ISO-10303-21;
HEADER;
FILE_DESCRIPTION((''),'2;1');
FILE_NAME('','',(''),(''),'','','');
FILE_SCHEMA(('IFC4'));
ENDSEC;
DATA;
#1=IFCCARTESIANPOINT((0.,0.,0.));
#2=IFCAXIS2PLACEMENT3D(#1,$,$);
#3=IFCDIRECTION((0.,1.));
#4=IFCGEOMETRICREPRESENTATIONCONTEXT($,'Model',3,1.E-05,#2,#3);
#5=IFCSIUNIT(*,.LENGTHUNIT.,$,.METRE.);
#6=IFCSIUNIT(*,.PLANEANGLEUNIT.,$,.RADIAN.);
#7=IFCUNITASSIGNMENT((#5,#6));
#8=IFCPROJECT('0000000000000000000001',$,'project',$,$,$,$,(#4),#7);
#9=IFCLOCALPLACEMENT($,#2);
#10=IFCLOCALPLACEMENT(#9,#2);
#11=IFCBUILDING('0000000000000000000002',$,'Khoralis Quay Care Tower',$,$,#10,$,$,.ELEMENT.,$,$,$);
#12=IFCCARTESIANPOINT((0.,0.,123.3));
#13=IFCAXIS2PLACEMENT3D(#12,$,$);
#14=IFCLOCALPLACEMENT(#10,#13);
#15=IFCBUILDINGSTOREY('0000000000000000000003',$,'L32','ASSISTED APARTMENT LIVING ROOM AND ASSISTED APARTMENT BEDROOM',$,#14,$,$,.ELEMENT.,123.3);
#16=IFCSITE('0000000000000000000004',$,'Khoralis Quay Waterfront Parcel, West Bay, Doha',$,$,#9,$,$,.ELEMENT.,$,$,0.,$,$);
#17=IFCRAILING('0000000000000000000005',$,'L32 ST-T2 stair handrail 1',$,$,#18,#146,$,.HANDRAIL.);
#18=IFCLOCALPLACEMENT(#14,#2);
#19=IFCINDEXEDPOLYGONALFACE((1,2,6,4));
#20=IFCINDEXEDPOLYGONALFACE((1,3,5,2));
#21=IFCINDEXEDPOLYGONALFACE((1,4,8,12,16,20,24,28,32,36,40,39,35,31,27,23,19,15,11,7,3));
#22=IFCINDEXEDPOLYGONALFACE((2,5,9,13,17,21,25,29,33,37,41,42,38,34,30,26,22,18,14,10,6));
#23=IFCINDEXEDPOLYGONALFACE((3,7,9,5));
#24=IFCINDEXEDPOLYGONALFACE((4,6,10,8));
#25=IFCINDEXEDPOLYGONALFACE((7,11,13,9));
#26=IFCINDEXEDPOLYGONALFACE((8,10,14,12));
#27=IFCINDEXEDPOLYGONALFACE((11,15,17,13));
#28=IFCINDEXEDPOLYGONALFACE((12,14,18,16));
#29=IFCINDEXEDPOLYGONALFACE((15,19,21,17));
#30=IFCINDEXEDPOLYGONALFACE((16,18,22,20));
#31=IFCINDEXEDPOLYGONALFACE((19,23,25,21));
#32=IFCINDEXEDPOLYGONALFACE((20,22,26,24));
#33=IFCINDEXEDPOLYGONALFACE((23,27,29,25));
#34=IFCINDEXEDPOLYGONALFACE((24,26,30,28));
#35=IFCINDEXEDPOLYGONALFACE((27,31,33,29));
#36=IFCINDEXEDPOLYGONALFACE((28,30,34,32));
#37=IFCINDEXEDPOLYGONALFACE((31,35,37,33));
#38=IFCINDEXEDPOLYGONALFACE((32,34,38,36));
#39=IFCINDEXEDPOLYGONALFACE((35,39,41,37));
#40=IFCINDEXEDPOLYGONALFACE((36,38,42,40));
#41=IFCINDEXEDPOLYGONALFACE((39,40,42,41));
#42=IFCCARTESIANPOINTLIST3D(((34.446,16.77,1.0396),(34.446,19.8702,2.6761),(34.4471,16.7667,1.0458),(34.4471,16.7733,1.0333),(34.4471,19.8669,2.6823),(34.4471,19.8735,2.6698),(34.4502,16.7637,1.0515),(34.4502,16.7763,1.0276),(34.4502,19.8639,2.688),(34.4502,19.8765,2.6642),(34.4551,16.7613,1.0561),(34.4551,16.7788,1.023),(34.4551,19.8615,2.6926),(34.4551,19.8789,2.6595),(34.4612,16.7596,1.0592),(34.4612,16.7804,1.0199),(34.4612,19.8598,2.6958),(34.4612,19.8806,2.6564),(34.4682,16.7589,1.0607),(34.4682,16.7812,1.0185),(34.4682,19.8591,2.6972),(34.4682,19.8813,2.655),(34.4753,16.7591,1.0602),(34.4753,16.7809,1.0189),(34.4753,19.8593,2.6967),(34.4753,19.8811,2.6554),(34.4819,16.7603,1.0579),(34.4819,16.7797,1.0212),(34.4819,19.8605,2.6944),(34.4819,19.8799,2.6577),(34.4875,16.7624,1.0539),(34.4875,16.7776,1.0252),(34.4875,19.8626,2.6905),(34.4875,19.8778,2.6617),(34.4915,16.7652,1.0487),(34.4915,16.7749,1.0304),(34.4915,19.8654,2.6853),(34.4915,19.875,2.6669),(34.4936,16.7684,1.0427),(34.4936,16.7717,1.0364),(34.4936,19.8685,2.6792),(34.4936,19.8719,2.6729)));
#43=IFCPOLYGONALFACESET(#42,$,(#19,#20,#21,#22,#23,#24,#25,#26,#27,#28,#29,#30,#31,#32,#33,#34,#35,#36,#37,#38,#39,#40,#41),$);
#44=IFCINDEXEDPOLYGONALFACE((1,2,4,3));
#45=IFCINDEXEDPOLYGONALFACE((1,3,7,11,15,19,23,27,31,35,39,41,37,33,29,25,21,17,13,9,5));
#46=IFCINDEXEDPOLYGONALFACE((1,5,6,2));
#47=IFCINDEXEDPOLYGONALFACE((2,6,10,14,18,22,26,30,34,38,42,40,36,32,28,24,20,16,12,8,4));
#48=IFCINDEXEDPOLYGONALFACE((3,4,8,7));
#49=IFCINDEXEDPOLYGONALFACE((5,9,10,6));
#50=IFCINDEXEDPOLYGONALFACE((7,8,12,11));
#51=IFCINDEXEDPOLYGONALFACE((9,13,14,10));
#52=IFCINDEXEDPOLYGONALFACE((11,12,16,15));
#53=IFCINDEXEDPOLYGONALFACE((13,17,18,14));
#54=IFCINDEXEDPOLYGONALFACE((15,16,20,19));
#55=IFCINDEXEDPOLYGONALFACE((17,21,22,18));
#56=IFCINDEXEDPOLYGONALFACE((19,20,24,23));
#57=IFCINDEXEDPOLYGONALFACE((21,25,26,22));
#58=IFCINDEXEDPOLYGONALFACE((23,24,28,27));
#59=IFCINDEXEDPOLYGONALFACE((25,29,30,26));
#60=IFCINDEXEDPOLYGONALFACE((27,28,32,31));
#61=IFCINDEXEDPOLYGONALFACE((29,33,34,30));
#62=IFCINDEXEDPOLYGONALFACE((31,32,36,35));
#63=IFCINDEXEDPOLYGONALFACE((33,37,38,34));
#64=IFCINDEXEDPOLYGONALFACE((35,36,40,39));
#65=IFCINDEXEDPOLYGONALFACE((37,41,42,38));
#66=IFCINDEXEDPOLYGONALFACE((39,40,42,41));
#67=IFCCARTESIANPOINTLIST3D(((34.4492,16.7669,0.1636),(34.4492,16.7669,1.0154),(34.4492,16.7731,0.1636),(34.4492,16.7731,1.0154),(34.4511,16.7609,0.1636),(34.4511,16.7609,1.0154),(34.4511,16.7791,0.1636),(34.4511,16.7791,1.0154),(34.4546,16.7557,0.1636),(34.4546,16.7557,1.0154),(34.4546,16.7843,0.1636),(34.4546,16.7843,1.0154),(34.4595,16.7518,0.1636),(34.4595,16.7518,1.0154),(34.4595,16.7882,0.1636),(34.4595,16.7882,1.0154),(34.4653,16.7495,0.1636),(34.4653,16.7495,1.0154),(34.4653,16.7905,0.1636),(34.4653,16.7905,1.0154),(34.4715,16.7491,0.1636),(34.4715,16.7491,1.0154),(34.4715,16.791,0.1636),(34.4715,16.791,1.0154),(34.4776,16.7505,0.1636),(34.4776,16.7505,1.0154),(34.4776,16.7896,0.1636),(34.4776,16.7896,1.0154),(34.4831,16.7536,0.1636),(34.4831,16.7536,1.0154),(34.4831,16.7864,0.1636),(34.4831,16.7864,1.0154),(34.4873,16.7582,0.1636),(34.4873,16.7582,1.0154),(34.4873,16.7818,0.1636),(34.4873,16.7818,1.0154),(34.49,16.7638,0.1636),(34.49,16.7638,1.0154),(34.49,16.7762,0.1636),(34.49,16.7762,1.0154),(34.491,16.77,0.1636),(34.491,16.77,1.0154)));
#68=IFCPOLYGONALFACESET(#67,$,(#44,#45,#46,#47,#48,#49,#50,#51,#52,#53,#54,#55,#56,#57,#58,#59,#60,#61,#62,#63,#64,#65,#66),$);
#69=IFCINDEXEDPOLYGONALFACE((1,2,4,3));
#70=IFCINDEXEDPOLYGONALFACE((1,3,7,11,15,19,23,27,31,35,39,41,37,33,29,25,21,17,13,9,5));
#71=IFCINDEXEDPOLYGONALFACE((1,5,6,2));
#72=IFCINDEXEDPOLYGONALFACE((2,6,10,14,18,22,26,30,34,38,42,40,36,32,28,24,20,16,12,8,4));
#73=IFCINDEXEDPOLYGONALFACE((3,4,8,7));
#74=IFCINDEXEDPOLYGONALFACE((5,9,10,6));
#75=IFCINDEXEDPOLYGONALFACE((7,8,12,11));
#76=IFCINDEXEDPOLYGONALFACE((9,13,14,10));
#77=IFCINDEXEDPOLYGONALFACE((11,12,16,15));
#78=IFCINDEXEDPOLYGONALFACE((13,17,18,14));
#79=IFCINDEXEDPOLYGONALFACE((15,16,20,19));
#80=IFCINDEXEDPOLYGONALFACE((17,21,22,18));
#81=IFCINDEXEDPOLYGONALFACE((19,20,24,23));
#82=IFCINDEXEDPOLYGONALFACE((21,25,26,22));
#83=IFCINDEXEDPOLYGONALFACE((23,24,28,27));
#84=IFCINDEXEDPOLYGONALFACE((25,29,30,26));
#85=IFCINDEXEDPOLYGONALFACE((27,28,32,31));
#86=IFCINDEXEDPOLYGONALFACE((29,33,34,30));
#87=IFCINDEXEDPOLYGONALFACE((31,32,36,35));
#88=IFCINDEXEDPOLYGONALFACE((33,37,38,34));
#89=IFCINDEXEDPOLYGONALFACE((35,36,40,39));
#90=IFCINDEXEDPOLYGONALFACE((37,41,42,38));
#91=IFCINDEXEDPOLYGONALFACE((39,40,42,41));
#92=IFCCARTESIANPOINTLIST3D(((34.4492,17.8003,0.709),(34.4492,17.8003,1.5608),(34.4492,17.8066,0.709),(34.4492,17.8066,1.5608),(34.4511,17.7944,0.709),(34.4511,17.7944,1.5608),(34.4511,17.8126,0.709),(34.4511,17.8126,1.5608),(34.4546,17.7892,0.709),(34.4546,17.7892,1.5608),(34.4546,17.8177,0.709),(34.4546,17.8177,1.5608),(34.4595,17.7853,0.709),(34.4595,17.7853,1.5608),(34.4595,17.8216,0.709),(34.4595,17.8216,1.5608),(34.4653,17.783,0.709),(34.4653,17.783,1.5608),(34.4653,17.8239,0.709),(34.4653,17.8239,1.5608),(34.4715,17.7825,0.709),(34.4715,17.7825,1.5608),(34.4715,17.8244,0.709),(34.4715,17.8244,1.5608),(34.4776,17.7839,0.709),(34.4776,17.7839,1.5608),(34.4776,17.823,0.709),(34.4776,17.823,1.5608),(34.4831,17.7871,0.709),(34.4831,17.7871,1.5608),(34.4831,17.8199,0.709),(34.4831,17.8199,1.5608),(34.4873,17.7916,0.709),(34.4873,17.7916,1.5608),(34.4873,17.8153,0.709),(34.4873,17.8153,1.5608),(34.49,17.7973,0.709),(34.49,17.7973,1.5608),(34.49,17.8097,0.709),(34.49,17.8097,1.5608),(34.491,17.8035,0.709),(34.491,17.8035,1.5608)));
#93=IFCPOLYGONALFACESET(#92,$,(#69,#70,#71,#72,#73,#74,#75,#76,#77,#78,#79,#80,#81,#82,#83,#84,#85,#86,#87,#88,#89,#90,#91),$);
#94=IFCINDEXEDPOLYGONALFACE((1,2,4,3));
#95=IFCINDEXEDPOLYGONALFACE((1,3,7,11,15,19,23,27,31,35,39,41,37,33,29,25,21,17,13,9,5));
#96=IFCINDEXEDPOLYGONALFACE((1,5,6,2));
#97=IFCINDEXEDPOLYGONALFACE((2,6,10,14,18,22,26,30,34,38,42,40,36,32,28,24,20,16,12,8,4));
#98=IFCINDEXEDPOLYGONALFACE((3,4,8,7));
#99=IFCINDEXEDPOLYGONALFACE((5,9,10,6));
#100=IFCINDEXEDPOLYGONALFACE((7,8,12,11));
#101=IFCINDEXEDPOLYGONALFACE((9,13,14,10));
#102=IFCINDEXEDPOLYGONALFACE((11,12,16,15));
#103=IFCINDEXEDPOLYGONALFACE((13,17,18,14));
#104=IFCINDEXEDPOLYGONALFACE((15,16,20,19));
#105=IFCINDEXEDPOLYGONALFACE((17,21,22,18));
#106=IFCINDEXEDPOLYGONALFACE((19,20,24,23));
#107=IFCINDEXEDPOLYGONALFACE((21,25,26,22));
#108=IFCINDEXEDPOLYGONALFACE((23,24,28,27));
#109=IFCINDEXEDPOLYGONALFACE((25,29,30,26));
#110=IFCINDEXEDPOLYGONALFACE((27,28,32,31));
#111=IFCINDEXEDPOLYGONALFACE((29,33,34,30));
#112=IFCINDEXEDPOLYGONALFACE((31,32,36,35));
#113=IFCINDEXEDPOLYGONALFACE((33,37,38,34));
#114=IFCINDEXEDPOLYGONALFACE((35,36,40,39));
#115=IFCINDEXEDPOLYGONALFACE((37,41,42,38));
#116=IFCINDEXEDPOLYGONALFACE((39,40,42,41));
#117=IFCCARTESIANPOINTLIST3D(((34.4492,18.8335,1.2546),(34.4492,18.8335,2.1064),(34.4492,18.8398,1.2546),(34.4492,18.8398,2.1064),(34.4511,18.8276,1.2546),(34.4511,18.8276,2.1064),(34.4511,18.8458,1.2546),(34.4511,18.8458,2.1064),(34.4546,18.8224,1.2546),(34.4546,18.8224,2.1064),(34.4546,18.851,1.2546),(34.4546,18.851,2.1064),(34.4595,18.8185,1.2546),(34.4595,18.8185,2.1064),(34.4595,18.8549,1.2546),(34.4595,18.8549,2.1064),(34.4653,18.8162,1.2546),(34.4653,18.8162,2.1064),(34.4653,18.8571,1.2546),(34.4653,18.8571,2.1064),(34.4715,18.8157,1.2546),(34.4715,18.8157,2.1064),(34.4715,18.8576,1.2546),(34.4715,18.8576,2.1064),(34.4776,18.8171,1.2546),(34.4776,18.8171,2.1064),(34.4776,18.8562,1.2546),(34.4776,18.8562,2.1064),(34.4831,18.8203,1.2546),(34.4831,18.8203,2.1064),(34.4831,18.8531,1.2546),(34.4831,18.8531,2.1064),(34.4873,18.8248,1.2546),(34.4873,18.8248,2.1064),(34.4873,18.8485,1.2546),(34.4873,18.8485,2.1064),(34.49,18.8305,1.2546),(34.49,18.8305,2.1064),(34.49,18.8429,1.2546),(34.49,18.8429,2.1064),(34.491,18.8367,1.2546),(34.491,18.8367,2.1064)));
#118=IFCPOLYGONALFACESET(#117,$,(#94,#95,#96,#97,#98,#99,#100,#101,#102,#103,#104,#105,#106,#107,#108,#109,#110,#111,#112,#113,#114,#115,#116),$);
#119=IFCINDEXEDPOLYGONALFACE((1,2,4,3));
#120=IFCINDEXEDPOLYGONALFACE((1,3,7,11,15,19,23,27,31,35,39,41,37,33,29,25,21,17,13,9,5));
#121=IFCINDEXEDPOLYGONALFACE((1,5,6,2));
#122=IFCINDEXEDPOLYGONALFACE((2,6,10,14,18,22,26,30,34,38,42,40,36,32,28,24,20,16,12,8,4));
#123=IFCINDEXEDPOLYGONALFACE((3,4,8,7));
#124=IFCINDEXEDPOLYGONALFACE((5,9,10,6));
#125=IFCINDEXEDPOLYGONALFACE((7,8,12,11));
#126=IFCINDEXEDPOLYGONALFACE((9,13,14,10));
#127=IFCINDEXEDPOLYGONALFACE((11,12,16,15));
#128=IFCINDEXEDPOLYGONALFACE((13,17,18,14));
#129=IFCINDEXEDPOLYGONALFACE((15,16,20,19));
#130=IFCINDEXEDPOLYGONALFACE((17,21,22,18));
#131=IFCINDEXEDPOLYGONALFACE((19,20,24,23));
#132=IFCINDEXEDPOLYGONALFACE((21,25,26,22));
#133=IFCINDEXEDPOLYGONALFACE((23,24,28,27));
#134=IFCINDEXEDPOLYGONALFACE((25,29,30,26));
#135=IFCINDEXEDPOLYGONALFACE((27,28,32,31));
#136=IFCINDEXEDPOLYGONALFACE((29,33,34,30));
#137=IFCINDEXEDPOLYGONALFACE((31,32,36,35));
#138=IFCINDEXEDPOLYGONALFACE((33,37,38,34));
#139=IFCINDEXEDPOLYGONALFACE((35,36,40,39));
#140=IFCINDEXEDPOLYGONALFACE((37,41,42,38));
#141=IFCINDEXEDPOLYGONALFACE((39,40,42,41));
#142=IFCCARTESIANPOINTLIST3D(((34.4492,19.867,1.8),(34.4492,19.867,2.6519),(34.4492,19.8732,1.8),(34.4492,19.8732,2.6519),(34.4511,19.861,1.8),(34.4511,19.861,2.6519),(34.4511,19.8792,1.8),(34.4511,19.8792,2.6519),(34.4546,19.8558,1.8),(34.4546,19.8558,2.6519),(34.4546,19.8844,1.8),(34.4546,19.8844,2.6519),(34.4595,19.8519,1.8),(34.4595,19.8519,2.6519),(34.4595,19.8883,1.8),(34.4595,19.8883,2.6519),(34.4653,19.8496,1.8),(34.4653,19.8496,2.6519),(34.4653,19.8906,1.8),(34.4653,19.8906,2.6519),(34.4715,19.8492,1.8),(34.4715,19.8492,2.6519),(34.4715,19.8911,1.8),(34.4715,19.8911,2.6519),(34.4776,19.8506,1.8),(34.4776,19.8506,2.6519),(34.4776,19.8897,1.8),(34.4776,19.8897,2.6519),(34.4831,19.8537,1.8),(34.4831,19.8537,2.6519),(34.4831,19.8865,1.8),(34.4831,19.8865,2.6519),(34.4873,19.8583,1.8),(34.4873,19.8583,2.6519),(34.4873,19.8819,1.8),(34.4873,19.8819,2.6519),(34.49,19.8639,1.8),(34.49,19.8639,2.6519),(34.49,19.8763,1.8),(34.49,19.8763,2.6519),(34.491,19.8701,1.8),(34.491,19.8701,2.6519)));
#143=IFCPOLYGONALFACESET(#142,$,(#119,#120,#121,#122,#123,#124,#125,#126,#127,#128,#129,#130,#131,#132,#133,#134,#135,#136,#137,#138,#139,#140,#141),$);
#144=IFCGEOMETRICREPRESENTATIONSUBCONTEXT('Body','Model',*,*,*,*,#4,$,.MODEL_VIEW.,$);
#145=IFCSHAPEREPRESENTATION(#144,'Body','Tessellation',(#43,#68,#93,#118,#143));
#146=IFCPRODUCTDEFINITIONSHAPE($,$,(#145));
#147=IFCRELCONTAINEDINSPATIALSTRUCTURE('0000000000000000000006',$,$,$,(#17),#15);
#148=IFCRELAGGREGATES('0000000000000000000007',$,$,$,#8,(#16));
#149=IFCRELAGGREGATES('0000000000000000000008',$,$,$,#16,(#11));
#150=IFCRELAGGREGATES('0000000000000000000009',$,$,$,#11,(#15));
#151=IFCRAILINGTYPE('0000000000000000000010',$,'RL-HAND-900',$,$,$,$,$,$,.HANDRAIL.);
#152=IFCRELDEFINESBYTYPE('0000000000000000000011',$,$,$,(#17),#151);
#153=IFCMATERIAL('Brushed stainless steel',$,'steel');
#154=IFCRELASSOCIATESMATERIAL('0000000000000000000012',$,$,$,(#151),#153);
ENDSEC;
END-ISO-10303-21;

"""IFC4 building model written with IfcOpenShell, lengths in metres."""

from ifc_helpers import new_model, si_unit, direction, frame, origin, origin_2d, place, context, subcontext, project, spatial, circle, extrude, material, type_object, element, save


model = new_model("IFC4")

# Units and contexts
model_context = context("Model", 3, precision=1e-05, world=origin(), true_north=direction((0.0, 1.0)))
body_context = subcontext(model_context, "Body", "Model", "MODEL_VIEW")
ifc_project = project(units=[si_unit("LENGTHUNIT", "METRE"), si_unit("PLANEANGLEUNIT", "RADIAN")], contexts=[model_context])

# Site, building, storey
site_placement = place(None, origin())
site = spatial("IfcSite", under=ifc_project, at=site_placement, Name="Khoralis Quay Waterfront Parcel, West Bay, Doha", CompositionType="ELEMENT", RefElevation=0.0)
building_placement = place(site_placement, origin())
building = spatial("IfcBuilding", under=site, at=building_placement, Name="Khoralis Quay Care Tower", CompositionType="ELEMENT")
storey_placement = place(building_placement, frame((0.0, 0.0, 123.3)))
storey = spatial("IfcBuildingStorey", under=building, at=storey_placement, Name="L32", Description="ASSISTED APARTMENT LIVING ROOM AND ASSISTED APARTMENT BEDROOM", CompositionType="ELEMENT", Elevation=123.3)

# Shared definitions
ifc_material_1 = material(Name="Brushed stainless steel", Category="steel")

# Railing
railing_type_1 = type_object("IfcRailingType", Name="RL-HAND-900", PredefinedType="HANDRAIL", material=ifc_material_1)
railing_1_placement = place(storey_placement, frame((34.47, 16.77, 0.1636)))
element("IfcRailing", 1, at=railing_1_placement, inside=storey, type_object=railing_type_1, Name="L32 ST-T2 stair handrail 1", PredefinedType="HANDRAIL", context=body_context, shape_type="SweptSolid", body=[
    extrude(circle(Radius=0.0239, at=origin_2d()), frame((0.0, 0.0, 0.876), z_axis=(0.0, 0.884348, 0.466828), x_axis=(-1.0, 0.0, 0.0)), (0.0, 0.0, 1.0), 3.5056),
    extrude(circle(Radius=0.021, at=origin_2d()), origin(), (0.0, 0.0, 1.0), 0.8518),
    extrude(circle(Radius=0.021, at=origin_2d()), frame((0.0, 1.0334, 0.5454)), (0.0, 0.0, 1.0), 0.8518),
    extrude(circle(Radius=0.021, at=origin_2d()), frame((0.0, 2.0667, 1.0911)), (0.0, 0.0, 1.0), 0.8518),
    extrude(circle(Radius=0.021, at=origin_2d()), frame((0.0, 3.1001, 1.6365)), (0.0, 0.0, 1.0), 0.8518),
])

save(model, "model.ifc")
